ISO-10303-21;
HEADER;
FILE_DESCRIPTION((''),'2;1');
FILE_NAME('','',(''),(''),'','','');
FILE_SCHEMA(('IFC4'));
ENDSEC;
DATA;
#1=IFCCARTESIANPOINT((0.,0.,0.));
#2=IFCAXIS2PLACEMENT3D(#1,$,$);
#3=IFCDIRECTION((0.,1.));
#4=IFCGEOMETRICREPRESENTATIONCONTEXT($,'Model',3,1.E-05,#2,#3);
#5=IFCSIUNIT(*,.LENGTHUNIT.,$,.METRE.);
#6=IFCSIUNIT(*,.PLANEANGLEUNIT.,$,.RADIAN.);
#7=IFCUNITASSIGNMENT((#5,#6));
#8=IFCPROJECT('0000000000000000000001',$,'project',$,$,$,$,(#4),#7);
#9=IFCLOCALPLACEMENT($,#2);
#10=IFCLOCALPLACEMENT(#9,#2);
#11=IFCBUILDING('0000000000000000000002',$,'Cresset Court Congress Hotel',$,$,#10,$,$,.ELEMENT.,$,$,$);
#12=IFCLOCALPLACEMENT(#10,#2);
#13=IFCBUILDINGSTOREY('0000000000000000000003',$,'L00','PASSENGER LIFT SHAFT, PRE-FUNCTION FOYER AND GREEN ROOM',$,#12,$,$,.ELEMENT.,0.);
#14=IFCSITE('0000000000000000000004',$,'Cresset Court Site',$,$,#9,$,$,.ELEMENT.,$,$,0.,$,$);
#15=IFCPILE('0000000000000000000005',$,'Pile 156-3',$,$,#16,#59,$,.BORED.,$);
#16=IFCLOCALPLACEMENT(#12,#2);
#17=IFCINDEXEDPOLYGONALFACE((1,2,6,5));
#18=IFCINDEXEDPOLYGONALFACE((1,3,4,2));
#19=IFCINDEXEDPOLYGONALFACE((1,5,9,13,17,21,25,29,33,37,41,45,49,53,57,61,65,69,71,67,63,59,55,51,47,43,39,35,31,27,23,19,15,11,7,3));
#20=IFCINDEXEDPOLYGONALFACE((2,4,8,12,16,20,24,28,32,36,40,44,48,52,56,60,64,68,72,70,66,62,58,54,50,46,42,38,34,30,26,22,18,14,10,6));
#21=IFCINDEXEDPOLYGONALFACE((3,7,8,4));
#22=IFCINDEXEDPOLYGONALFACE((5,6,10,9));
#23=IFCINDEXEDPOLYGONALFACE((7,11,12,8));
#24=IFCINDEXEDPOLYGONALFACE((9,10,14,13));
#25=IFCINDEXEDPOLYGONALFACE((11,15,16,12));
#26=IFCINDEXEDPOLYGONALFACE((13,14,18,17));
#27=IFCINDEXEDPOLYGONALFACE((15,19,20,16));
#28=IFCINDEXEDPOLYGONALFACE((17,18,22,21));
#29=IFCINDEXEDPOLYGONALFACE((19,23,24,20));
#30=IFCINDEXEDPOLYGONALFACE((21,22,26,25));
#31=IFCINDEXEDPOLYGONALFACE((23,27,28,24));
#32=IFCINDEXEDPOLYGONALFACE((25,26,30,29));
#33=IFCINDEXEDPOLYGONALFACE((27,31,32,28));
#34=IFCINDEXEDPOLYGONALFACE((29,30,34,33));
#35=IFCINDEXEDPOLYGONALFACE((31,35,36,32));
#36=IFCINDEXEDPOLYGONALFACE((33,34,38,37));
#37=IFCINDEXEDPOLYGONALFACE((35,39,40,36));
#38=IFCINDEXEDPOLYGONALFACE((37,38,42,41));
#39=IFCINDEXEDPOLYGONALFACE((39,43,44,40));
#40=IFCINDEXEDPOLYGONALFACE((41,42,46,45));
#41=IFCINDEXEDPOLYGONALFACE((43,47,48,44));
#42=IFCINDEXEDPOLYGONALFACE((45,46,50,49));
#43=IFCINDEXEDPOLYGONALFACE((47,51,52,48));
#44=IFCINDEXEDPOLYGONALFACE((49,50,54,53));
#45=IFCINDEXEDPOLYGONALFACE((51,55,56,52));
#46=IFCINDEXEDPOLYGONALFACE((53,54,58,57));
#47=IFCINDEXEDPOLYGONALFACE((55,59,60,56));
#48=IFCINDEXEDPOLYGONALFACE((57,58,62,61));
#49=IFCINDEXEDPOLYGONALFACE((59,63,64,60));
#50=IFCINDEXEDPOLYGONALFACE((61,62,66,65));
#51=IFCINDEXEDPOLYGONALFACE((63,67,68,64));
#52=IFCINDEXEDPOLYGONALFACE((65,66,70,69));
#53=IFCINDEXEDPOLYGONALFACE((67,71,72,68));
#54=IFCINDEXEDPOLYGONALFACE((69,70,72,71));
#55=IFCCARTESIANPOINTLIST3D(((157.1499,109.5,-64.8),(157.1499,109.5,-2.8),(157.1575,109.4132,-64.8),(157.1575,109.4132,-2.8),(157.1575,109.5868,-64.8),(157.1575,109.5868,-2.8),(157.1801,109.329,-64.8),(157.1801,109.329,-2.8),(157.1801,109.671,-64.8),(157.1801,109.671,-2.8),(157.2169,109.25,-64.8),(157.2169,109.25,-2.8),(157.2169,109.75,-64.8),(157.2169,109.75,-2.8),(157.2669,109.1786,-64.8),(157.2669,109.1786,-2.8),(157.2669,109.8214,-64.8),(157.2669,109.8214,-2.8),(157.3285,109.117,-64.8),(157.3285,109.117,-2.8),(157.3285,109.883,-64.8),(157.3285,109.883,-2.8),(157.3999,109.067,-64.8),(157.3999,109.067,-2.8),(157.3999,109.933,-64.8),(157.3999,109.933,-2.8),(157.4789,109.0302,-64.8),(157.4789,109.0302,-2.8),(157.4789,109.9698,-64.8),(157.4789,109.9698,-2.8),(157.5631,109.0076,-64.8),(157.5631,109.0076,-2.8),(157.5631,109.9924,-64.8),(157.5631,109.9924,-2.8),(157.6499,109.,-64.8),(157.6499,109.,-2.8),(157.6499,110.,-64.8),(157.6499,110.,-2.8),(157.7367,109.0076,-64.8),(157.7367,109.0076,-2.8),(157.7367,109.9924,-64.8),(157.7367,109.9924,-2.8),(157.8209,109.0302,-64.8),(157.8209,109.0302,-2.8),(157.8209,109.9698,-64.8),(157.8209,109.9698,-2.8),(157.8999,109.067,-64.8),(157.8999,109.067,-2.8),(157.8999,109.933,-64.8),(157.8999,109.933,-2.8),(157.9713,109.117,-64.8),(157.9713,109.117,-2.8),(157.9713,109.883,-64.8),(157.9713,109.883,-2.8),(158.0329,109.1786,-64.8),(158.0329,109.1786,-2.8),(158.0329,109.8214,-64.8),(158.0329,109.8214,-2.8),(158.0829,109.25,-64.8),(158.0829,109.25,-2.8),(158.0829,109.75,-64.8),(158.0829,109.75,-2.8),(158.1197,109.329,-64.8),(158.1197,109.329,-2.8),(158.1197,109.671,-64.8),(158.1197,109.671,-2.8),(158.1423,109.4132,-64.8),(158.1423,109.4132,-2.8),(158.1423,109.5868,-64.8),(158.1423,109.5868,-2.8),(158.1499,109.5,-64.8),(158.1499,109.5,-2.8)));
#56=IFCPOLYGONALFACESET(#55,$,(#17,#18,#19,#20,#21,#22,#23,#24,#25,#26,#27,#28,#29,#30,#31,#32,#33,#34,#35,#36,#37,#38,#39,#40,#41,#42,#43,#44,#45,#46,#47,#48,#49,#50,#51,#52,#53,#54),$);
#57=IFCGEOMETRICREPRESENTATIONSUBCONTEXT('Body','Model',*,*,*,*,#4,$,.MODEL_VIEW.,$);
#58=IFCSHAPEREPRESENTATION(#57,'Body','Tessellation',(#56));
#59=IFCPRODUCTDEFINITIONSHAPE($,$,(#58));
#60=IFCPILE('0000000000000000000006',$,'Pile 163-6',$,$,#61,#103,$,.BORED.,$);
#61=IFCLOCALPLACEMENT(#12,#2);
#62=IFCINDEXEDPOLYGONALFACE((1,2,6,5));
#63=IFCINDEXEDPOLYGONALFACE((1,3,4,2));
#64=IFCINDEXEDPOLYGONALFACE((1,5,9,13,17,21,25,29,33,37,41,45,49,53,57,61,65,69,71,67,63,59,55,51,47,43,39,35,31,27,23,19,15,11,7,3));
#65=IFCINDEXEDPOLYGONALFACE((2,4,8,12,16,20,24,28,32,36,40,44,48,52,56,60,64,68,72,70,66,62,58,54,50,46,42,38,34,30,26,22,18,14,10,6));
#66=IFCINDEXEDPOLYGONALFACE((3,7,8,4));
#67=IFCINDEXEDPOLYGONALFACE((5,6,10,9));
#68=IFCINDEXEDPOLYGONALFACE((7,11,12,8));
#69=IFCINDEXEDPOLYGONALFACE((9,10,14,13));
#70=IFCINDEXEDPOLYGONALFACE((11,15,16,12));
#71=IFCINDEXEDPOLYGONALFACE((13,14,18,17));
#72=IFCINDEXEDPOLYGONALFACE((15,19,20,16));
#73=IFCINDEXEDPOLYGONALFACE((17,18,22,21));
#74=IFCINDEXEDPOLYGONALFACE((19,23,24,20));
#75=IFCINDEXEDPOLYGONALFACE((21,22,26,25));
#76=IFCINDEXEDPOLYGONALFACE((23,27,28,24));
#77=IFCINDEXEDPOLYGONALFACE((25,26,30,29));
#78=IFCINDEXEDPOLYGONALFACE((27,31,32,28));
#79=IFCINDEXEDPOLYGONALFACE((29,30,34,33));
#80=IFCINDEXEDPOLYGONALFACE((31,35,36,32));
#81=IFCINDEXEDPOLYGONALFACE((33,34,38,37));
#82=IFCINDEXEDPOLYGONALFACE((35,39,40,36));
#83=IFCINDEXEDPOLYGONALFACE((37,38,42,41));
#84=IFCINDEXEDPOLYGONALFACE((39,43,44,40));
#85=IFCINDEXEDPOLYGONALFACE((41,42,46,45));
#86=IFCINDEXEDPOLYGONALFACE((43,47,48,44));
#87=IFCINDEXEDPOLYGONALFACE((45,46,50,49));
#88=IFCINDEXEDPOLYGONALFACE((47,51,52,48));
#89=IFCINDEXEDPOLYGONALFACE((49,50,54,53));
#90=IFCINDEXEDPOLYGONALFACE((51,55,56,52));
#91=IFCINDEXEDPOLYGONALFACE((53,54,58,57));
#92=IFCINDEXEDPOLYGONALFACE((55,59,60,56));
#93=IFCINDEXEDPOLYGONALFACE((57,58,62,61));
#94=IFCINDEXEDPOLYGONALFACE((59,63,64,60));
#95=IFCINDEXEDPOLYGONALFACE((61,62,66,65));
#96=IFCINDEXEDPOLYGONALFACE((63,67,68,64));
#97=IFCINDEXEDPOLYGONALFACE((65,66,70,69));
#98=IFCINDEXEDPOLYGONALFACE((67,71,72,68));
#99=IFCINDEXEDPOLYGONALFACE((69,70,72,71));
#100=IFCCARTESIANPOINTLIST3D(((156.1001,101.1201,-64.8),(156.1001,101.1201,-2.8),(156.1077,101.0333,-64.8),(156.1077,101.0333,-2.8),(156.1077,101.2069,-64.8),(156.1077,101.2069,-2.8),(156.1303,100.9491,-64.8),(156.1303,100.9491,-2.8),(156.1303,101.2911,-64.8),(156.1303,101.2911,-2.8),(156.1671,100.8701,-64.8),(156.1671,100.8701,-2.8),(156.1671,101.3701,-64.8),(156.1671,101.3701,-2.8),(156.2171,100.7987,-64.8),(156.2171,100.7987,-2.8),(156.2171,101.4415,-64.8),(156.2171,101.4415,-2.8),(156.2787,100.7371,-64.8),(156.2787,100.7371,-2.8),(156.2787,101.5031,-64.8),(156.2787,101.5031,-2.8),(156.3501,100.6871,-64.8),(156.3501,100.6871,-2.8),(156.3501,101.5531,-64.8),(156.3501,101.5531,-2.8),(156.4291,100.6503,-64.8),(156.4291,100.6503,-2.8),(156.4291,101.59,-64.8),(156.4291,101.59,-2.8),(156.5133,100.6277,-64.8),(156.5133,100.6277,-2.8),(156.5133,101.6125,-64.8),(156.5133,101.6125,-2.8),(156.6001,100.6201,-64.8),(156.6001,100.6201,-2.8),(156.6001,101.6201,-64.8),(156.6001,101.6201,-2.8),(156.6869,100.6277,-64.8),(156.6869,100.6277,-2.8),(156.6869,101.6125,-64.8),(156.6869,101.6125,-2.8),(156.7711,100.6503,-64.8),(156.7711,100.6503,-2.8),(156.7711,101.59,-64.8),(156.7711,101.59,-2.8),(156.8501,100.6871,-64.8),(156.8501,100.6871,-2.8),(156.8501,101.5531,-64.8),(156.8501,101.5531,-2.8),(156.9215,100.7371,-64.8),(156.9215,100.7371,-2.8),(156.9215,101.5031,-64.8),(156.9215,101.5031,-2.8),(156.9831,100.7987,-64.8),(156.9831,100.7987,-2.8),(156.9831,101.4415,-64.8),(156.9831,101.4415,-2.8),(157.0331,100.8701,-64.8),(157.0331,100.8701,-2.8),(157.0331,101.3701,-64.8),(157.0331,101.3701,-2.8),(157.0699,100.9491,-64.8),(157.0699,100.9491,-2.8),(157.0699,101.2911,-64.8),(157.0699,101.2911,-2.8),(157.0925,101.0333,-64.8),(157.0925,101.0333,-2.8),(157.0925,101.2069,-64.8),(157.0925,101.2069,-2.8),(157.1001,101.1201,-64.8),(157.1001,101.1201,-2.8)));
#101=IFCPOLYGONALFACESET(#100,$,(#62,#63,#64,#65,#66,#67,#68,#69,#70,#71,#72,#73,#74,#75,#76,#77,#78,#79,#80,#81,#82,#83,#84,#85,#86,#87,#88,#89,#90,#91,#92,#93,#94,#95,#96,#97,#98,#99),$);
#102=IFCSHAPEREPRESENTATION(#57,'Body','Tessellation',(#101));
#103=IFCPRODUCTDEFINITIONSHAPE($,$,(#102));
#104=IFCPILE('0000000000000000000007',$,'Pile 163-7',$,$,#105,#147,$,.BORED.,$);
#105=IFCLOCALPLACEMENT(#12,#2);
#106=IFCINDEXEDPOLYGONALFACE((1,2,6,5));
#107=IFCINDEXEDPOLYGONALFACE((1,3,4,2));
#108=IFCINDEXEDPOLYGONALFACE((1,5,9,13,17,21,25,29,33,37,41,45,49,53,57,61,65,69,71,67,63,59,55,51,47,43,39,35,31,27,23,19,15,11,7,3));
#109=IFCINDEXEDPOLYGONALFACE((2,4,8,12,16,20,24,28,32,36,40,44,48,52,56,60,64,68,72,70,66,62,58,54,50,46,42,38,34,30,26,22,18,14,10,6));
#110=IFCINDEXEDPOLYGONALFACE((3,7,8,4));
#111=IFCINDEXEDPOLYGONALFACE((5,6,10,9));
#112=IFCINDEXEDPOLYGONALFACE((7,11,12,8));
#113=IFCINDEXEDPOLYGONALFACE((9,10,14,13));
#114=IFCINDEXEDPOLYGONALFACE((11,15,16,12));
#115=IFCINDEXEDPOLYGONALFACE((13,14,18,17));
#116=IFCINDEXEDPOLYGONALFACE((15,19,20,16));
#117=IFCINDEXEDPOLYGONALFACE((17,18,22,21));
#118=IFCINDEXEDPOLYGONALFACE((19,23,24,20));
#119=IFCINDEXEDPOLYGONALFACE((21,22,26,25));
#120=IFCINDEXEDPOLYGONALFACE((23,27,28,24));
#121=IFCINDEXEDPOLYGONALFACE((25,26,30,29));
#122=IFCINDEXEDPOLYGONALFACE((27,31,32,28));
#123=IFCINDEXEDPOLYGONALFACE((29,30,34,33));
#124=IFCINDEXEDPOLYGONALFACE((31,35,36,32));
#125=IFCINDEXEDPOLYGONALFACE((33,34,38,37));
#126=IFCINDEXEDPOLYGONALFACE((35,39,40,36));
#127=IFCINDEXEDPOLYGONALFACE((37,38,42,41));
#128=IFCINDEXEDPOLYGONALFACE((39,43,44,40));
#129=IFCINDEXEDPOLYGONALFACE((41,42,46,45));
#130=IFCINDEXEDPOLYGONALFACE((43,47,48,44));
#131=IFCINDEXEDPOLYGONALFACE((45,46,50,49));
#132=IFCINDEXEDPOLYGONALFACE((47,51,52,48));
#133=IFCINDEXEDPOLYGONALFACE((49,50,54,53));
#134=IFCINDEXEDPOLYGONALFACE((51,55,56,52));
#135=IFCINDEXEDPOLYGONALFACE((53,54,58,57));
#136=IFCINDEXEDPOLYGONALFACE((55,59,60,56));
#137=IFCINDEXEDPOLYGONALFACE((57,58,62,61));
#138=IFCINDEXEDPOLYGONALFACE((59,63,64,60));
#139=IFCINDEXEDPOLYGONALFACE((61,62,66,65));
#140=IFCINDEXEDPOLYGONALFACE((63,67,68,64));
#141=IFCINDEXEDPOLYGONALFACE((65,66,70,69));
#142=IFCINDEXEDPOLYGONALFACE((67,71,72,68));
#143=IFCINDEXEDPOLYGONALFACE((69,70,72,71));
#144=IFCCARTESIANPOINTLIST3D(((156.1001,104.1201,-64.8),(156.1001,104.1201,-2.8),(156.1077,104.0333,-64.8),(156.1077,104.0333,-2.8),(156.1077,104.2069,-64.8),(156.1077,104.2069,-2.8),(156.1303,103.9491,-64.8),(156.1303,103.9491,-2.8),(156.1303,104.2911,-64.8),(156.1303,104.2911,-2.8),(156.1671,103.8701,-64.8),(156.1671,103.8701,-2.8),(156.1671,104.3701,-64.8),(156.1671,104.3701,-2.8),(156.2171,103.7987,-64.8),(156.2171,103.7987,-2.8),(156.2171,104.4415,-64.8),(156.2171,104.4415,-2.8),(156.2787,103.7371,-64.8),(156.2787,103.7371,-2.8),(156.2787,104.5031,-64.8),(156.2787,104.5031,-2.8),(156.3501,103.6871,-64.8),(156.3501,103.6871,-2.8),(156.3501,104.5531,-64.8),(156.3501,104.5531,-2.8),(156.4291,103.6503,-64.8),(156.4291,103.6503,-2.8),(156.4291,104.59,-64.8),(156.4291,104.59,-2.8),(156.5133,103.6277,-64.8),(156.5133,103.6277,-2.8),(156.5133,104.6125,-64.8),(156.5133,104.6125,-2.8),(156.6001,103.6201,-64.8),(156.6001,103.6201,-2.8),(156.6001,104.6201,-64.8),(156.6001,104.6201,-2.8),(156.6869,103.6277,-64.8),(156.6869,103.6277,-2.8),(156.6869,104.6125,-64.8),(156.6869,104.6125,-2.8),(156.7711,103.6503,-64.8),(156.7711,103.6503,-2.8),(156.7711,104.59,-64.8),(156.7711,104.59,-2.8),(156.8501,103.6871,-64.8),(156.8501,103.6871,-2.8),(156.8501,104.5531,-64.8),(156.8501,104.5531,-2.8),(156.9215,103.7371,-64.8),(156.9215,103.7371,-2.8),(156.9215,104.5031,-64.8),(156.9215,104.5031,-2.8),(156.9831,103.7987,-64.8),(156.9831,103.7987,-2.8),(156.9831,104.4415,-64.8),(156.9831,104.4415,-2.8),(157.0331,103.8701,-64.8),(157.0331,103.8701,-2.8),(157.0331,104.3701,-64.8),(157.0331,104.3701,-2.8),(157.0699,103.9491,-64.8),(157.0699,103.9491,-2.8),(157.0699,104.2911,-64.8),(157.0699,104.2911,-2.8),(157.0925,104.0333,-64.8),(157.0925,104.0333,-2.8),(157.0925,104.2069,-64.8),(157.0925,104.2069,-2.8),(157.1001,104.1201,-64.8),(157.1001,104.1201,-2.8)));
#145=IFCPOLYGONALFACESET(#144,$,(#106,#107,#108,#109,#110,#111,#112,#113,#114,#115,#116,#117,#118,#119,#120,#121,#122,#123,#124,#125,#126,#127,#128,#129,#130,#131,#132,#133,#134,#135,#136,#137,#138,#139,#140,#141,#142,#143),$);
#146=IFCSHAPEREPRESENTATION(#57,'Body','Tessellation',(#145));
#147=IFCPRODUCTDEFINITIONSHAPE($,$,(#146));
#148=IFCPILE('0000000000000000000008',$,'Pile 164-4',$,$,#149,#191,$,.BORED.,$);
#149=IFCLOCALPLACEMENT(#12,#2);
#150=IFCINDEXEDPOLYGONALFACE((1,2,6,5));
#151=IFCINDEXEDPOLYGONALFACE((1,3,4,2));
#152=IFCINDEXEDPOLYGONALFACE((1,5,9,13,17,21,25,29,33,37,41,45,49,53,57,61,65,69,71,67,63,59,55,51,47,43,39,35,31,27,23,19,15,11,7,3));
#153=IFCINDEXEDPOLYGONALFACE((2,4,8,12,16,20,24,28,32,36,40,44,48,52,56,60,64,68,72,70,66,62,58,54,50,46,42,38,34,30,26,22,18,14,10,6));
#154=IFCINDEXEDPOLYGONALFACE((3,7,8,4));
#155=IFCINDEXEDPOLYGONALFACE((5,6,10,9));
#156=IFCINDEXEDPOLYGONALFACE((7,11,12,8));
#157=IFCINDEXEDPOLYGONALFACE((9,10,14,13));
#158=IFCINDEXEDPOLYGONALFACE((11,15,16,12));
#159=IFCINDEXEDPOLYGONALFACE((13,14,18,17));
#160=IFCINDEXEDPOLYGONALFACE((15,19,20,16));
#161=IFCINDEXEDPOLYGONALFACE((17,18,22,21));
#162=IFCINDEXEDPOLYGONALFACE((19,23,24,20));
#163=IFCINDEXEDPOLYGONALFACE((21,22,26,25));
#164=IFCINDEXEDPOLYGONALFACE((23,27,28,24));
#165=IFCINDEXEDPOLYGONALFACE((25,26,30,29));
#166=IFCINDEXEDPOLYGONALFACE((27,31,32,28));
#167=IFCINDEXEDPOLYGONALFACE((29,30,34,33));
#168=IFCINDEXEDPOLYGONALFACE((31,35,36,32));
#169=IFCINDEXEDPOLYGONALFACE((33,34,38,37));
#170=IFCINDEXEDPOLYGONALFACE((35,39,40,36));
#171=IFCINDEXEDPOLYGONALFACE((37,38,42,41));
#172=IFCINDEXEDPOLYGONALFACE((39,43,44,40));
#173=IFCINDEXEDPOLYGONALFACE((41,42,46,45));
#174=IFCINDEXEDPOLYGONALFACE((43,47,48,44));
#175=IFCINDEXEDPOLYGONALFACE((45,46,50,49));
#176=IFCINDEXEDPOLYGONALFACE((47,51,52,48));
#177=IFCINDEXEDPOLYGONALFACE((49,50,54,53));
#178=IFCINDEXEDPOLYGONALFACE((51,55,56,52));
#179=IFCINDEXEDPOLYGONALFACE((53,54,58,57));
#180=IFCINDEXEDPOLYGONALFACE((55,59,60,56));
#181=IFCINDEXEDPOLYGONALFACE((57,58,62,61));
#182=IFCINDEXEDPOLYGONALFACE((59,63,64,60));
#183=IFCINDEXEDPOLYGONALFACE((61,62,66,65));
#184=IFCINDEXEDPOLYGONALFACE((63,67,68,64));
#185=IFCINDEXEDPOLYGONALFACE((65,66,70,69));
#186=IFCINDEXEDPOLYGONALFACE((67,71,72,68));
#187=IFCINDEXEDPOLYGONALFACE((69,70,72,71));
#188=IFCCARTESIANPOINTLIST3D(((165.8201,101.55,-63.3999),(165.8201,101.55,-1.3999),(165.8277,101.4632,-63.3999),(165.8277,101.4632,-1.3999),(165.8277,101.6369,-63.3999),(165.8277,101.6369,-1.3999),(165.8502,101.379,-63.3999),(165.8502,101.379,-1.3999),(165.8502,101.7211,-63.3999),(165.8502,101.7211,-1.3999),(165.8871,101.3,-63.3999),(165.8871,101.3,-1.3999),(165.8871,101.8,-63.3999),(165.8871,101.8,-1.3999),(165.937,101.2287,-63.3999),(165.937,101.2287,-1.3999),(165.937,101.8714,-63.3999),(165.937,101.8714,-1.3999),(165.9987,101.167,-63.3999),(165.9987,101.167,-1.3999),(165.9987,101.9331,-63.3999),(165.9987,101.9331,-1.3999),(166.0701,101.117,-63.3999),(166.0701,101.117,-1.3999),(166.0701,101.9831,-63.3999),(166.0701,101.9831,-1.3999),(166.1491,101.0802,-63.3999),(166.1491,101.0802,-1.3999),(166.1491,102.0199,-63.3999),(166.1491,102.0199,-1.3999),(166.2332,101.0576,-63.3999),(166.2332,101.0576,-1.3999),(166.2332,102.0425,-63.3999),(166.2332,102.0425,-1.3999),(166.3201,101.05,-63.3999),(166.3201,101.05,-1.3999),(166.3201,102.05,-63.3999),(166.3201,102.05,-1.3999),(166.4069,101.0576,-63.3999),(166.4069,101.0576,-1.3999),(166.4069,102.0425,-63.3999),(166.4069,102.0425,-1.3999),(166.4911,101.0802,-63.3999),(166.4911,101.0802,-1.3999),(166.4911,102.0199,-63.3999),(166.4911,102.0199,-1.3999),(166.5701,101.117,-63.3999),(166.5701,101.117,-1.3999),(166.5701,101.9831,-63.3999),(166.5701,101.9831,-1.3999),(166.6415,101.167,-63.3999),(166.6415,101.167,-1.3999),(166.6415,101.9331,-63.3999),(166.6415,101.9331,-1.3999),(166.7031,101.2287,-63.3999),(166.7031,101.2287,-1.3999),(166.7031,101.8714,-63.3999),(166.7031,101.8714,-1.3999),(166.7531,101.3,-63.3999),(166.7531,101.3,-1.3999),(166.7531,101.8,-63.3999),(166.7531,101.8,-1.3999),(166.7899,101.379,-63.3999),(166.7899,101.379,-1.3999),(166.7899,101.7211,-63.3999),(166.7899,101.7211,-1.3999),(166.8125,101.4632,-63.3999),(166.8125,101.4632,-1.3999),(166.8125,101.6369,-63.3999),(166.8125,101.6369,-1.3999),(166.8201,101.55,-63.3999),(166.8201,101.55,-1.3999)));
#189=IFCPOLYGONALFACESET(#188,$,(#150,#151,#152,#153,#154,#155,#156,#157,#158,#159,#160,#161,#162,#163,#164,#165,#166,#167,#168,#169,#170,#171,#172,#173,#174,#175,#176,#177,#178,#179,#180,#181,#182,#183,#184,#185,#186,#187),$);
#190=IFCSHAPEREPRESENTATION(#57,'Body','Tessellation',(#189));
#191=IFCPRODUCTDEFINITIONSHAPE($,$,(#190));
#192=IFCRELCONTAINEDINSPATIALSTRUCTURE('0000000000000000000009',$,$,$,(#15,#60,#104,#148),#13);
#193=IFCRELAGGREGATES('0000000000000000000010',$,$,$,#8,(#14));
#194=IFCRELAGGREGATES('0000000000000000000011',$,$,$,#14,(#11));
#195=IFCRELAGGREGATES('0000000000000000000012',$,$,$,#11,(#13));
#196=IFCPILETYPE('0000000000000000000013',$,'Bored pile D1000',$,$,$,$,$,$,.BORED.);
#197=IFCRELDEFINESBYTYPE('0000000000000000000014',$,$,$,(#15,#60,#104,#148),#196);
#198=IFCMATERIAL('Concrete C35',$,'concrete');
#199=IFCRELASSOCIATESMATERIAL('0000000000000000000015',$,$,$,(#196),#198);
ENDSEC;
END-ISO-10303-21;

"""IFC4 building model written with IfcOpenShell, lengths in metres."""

from ifc_helpers import new_model, si_unit, direction, frame, origin, origin_2d, place, context, subcontext, project, spatial, circle, extrude, material, type_object, element, save


model = new_model("IFC4")

# Units and contexts
model_context = context("Model", 3, precision=1e-05, world=origin(), true_north=direction((0.0, 1.0)))
body_context = subcontext(model_context, "Body", "Model", "MODEL_VIEW")
ifc_project = project(units=[si_unit("LENGTHUNIT", "METRE"), si_unit("PLANEANGLEUNIT", "RADIAN")], contexts=[model_context])

# Site, building, storey
site_placement = place(None, origin())
site = spatial("IfcSite", under=ifc_project, at=site_placement, Name="Cresset Court Site", CompositionType="ELEMENT", RefElevation=0.0)
building_placement = place(site_placement, origin())
building = spatial("IfcBuilding", under=site, at=building_placement, Name="Cresset Court Congress Hotel", CompositionType="ELEMENT")
storey_placement = place(building_placement, origin())
storey = spatial("IfcBuildingStorey", under=building, at=storey_placement, Name="L00", Description="PASSENGER LIFT SHAFT, PRE-FUNCTION FOYER AND GREEN ROOM", CompositionType="ELEMENT", Elevation=0.0)

# Piles
ifc_material_1 = material(Name="Concrete C35", Category="concrete")
pile_type = type_object("IfcPileType", Name="Bored pile D1000", PredefinedType="BORED", material=ifc_material_1)
for number, where, z_axis, x_axis, name in (
    (1, (157.6499, 109.5, -2.8), (0.0, 0.0, -1.0), (1.0, 0.0, 0.0), "Pile 156-3"),
    (2, (156.6001, 101.1201, -2.8), (0.0, 0.0, -1.0), (1.0, 0.0, 0.0), "Pile 163-6"),
    (3, (156.6001, 104.1201, -2.8), (0.0, 0.0, -1.0), (1.0, 0.0, 0.0), "Pile 163-7"),
    (4, (166.3201, 101.55, -1.3999), (0.0, 0.0, -1.0), (1.0, 0.0, 0.0), "Pile 164-4"),
):
    element("IfcPile", number, at=place(storey_placement, frame(where, z_axis=z_axis, x_axis=x_axis)), inside=storey, type_object=pile_type, Name=name, PredefinedType="BORED", context=body_context, shape_type="SweptSolid", body=[
        extrude(circle(Radius=0.5, at=origin_2d()), origin(), (0.0, 0.0, 1.0), 62.0),
    ])

save(model, "model.ifc")
